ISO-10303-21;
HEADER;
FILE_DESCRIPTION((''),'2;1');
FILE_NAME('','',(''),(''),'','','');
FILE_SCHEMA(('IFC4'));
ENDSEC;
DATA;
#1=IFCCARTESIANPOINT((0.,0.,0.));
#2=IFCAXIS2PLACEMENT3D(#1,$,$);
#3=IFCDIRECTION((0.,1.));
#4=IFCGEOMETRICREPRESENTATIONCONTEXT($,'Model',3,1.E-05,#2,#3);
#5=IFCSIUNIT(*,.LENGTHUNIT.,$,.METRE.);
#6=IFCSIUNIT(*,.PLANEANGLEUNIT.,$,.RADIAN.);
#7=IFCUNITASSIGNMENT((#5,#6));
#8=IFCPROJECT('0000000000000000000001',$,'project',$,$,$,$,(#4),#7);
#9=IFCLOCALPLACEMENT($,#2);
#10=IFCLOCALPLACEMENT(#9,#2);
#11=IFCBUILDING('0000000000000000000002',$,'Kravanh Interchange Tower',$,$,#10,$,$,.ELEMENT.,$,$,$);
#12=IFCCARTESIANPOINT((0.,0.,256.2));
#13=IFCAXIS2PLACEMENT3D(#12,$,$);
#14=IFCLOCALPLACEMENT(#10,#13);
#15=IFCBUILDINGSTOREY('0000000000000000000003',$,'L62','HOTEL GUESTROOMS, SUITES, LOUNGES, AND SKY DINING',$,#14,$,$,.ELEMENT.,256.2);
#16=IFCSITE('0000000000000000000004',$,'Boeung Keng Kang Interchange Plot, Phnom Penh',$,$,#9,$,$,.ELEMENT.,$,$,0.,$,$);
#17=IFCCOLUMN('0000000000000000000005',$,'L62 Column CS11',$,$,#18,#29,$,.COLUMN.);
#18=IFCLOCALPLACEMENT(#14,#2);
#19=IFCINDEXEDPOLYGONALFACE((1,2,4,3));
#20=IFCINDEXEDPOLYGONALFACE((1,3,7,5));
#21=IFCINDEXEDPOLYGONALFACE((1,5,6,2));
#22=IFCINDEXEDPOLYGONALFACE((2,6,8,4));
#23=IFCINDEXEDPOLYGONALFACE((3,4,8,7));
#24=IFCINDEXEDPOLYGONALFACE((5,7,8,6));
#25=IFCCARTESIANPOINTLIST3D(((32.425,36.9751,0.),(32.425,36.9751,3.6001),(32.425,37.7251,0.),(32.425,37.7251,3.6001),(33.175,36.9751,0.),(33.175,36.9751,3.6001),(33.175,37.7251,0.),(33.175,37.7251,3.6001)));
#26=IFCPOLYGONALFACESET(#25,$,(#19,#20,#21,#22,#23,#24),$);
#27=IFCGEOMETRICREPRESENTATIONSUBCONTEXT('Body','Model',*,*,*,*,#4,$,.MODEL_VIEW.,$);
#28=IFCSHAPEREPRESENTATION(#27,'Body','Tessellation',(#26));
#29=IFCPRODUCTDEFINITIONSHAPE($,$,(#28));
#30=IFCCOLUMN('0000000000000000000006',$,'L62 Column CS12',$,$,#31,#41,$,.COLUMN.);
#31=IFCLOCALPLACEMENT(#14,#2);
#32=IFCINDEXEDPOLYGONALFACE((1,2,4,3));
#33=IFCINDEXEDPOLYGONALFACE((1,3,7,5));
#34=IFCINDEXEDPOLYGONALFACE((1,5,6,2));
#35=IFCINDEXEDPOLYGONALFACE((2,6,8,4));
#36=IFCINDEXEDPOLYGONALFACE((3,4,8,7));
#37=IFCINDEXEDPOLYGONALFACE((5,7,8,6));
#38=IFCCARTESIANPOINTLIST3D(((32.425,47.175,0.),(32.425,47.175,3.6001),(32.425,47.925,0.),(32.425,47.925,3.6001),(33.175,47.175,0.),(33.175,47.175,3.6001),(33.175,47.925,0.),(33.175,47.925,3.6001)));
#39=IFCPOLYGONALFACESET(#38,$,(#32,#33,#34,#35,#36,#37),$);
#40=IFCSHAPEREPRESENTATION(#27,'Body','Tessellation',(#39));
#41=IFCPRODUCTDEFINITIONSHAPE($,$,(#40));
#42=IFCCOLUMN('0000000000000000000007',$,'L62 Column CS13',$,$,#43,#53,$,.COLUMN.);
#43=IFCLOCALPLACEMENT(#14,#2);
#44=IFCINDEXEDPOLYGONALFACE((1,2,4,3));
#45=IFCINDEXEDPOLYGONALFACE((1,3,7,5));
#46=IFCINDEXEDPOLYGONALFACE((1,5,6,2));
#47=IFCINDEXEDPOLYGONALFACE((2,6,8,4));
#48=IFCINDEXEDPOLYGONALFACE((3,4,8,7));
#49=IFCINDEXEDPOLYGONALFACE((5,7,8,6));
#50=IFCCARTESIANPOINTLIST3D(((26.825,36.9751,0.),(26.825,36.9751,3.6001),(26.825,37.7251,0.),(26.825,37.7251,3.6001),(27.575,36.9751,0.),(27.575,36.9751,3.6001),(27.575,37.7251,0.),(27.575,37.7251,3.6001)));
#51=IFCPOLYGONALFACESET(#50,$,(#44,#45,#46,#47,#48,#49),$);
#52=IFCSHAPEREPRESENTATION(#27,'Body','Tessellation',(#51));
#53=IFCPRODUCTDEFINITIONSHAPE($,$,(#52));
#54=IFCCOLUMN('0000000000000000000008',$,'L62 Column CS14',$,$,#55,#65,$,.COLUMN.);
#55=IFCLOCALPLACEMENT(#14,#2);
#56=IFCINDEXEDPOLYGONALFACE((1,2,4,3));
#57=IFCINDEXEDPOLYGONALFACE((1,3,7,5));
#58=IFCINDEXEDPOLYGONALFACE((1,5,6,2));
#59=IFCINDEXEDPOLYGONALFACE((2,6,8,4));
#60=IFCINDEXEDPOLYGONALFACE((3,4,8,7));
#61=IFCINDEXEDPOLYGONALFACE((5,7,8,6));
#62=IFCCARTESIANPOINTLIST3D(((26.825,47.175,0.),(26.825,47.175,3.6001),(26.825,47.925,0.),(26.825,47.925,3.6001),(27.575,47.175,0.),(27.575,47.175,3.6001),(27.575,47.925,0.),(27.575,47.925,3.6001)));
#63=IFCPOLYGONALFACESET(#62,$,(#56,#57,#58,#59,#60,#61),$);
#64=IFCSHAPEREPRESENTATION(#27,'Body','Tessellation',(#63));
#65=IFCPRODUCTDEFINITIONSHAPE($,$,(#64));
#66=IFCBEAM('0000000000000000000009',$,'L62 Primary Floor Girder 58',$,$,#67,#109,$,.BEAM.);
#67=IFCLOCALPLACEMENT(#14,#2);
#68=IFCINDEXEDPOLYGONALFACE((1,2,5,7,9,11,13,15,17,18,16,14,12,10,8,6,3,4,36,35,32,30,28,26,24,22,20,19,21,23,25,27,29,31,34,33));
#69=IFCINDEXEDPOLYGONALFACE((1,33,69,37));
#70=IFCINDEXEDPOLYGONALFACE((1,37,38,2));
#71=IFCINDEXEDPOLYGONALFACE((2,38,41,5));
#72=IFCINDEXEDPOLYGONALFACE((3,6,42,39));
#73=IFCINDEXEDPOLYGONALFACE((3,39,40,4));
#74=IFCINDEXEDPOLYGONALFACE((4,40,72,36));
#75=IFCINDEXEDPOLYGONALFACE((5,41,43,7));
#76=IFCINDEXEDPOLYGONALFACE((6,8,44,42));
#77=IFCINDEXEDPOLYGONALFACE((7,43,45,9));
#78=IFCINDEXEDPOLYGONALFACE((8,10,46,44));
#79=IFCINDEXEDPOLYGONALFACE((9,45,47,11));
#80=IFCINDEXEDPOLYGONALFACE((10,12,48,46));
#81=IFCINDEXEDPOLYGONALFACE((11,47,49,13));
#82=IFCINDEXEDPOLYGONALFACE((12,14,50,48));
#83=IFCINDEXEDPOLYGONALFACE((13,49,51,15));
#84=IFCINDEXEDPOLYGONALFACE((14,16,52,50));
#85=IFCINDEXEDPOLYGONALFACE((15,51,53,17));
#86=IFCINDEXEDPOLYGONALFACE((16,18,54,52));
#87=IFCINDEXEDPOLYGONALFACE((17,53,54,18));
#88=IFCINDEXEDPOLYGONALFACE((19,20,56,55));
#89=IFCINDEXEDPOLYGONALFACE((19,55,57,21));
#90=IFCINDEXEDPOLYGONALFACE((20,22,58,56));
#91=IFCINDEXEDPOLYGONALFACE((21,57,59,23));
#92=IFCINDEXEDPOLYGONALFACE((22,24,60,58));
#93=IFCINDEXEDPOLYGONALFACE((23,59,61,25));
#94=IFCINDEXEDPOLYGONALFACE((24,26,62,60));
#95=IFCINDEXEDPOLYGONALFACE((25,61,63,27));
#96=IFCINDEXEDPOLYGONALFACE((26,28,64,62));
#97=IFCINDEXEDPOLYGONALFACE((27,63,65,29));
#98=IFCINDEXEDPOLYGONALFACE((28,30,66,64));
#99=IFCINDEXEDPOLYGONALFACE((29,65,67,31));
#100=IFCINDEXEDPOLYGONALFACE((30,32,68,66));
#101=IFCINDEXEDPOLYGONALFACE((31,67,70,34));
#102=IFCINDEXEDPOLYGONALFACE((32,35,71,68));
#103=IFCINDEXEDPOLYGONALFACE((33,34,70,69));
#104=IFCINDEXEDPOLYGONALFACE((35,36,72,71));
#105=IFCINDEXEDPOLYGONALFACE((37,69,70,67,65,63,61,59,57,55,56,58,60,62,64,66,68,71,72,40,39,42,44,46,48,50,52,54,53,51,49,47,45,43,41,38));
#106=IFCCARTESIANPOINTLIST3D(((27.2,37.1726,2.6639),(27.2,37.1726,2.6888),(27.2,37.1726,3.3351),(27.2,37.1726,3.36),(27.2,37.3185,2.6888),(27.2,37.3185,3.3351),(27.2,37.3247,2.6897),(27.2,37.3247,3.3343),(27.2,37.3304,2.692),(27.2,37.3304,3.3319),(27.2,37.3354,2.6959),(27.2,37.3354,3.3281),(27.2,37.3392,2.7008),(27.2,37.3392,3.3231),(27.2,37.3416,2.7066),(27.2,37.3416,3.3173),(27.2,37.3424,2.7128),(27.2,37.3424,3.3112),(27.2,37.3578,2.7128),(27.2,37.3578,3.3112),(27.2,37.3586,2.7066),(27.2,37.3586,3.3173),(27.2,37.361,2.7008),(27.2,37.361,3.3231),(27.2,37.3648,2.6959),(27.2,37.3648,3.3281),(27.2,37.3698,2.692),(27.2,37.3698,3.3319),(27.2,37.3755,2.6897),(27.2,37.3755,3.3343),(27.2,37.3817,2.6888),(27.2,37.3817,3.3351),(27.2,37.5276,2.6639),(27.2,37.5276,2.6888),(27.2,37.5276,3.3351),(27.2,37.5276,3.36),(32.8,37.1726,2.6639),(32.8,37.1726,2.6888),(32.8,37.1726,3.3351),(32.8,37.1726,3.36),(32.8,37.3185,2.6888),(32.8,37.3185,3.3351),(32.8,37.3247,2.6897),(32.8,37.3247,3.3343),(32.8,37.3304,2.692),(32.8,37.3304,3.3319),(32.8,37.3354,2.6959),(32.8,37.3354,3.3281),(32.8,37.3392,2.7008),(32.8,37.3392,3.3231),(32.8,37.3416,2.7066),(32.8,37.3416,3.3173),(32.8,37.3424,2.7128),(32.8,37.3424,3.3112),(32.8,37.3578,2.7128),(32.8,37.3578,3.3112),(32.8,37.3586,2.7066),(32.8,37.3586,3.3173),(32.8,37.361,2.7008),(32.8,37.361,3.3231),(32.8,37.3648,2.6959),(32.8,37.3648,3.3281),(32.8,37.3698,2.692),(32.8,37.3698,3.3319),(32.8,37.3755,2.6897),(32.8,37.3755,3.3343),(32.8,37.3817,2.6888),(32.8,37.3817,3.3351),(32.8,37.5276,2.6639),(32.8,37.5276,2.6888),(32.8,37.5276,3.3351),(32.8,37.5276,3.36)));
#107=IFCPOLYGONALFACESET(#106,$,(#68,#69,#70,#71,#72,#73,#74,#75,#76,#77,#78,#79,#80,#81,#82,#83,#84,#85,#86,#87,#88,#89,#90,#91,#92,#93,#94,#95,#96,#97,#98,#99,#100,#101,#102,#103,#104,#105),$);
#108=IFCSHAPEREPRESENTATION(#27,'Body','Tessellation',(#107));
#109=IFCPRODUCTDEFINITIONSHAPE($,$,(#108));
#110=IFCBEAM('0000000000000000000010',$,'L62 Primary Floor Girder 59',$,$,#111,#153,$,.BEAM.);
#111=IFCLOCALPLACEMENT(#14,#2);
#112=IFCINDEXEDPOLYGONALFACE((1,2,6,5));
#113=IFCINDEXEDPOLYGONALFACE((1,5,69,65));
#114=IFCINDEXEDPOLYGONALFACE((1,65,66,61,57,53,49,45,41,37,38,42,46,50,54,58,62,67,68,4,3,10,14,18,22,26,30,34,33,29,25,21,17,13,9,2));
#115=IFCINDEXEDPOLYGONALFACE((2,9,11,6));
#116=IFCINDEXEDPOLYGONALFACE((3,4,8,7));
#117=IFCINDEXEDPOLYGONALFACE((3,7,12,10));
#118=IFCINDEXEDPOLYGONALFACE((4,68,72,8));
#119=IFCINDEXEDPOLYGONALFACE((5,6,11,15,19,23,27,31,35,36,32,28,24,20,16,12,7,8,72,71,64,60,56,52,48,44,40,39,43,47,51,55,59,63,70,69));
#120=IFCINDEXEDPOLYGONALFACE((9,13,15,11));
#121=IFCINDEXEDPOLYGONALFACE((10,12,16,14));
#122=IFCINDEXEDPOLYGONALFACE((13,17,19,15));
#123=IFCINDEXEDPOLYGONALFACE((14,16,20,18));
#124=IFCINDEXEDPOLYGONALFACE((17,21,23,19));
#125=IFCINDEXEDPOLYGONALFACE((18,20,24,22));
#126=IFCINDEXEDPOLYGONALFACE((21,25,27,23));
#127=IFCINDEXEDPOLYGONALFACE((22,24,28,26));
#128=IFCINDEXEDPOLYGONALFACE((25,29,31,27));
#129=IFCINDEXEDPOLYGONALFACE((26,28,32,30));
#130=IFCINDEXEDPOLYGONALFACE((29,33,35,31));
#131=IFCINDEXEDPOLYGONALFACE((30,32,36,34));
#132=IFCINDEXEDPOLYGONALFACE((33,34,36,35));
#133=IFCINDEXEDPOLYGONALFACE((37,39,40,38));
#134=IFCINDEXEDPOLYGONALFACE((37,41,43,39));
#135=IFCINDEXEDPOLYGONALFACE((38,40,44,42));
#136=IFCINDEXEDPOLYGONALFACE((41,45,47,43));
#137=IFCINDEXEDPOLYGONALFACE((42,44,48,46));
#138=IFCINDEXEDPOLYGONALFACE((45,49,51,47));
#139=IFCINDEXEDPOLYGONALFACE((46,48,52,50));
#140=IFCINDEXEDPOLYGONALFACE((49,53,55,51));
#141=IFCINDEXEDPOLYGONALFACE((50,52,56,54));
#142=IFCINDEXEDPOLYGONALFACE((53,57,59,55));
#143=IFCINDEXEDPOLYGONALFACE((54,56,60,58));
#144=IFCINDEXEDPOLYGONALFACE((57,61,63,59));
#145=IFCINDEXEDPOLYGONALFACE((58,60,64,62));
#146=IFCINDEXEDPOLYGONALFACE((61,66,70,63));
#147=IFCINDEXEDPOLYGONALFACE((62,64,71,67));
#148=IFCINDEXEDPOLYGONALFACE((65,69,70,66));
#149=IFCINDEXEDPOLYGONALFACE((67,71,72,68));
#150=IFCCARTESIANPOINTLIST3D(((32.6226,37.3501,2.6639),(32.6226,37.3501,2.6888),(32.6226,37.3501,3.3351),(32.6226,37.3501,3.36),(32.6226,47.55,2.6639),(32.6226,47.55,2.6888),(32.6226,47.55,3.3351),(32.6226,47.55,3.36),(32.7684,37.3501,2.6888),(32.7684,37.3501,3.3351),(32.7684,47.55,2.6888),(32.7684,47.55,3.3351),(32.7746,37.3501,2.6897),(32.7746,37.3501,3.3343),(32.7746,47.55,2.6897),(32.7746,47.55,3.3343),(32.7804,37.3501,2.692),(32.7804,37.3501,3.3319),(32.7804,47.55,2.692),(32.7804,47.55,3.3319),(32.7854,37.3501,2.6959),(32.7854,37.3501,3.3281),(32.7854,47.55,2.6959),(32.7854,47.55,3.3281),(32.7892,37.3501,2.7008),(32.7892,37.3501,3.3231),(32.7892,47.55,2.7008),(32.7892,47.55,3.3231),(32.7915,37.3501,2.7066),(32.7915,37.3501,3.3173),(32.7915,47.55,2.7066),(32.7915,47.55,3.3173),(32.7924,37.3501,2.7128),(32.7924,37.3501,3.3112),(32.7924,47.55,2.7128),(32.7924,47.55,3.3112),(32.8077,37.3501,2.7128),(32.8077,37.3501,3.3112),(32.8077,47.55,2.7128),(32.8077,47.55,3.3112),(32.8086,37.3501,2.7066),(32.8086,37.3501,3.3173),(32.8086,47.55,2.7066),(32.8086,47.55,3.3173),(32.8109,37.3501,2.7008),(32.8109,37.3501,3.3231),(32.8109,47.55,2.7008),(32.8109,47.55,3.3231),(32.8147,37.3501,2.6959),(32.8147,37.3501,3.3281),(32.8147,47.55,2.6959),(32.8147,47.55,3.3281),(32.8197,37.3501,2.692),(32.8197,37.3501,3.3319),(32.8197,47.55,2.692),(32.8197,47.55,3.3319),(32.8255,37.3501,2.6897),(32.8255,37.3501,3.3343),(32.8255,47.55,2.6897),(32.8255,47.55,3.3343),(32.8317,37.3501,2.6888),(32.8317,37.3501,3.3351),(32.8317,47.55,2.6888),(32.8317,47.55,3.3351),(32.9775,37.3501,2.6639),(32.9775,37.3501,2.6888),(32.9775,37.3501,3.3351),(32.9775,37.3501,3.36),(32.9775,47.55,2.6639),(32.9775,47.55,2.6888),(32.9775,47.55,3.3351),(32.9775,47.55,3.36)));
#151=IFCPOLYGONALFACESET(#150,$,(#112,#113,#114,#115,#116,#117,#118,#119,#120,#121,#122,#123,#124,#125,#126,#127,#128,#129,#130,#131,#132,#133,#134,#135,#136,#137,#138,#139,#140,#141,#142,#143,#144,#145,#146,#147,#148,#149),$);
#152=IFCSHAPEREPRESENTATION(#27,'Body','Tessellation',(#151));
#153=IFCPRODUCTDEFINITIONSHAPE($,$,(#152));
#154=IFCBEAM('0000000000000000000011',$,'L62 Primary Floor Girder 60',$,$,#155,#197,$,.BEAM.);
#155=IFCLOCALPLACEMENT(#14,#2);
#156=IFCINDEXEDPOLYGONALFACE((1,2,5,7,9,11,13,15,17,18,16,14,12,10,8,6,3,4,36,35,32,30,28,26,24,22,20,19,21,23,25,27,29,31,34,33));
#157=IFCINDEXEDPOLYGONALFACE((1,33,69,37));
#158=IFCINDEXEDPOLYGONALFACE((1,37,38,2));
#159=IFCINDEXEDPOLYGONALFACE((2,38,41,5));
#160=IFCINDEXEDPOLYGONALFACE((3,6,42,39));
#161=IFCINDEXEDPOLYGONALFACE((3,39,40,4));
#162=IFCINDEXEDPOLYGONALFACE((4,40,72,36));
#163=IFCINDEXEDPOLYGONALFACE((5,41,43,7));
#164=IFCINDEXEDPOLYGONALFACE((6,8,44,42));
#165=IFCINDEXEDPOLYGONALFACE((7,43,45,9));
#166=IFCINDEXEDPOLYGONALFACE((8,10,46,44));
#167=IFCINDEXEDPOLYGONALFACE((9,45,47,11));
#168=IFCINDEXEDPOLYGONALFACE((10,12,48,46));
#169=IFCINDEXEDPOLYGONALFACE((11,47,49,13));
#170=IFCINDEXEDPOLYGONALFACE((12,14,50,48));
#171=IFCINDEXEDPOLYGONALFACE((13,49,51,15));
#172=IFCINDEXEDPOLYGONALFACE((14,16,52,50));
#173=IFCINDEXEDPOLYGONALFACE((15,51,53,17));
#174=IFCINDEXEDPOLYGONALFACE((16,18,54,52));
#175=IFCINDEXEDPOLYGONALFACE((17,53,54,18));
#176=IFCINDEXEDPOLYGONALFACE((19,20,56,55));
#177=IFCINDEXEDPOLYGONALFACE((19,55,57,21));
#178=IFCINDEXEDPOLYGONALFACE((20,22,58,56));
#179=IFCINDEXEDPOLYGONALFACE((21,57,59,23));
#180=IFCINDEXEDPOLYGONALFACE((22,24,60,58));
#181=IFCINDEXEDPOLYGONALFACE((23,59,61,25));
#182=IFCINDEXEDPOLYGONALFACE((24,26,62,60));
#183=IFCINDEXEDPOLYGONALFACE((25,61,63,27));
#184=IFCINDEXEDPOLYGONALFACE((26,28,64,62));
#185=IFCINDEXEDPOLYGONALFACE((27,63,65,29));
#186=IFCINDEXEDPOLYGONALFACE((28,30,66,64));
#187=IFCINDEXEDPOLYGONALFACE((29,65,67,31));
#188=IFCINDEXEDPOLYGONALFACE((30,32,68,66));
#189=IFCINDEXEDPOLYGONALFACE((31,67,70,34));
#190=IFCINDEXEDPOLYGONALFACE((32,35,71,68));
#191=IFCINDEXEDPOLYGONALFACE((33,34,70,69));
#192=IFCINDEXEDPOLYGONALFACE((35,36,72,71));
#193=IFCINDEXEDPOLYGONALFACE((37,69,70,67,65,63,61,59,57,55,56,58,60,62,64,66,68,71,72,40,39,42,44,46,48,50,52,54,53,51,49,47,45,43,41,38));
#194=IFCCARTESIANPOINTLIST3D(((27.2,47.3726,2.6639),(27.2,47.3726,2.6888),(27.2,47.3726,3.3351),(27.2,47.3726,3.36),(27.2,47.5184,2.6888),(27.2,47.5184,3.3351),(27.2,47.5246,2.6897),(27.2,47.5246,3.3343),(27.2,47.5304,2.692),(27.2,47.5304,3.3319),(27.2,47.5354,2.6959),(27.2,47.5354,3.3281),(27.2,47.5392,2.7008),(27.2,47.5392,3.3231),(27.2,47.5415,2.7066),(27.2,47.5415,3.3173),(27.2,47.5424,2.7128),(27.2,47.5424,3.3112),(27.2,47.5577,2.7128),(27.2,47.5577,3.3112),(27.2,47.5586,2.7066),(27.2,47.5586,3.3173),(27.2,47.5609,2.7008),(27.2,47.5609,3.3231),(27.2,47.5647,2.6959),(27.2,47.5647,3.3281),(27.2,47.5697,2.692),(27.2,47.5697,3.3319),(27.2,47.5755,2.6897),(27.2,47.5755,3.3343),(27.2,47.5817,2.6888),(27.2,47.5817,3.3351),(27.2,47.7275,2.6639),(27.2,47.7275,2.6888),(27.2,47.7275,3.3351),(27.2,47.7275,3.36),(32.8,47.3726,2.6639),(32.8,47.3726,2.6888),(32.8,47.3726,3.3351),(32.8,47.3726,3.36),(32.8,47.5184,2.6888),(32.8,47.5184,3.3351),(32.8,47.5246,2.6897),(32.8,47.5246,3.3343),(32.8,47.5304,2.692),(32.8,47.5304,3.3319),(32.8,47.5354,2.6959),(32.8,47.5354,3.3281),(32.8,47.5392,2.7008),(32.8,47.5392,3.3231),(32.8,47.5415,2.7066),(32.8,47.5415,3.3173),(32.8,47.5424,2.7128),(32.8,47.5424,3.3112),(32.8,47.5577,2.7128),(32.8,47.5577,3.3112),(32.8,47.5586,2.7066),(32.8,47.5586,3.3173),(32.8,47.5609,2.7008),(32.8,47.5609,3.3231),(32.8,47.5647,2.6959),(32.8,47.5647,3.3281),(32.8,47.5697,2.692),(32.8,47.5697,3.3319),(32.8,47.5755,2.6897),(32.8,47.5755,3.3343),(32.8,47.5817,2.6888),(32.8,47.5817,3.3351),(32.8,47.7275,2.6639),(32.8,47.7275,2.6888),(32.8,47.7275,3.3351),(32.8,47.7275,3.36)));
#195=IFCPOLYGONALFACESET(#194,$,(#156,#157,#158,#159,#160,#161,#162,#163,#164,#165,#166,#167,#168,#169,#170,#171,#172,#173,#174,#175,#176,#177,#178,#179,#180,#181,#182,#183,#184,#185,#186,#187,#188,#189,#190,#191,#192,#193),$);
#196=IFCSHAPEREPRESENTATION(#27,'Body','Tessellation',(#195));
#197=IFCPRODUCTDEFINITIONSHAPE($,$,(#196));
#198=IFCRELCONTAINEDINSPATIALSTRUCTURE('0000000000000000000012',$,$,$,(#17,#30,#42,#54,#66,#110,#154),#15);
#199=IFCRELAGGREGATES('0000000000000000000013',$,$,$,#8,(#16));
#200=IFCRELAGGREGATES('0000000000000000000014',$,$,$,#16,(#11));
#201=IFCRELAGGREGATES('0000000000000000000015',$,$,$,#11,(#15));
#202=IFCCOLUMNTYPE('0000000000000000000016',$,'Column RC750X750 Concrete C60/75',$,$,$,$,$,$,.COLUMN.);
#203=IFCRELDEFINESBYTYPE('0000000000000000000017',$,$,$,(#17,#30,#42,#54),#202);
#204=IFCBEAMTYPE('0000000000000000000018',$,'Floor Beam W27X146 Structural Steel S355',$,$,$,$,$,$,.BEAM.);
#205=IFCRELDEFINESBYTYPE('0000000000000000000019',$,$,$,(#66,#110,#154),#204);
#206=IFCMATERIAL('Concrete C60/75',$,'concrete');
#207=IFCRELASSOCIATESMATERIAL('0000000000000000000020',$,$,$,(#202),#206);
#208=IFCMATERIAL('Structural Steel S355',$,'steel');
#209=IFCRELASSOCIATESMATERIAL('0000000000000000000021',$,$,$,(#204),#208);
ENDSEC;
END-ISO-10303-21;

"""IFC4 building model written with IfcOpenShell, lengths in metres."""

from ifc_helpers import new_model, si_unit, direction, frame, origin, origin_2d, place, context, subcontext, project, spatial, rectangle, i_section, extrude, material, material_profile, profile_set, type_object, element, save


model = new_model("IFC4")

# Units and contexts
model_context = context("Model", 3, precision=1e-05, world=origin(), true_north=direction((0.0, 1.0)))
body_context = subcontext(model_context, "Body", "Model", "MODEL_VIEW")
ifc_project = project(units=[si_unit("LENGTHUNIT", "METRE"), si_unit("PLANEANGLEUNIT", "RADIAN")], contexts=[model_context])

# Site, building, storey
site_placement = place(None, origin())
site = spatial("IfcSite", under=ifc_project, at=site_placement, Name="Boeung Keng Kang Interchange Plot, Phnom Penh", CompositionType="ELEMENT", RefElevation=0.0)
building_placement = place(site_placement, origin())
building = spatial("IfcBuilding", under=site, at=building_placement, Name="Kravanh Interchange Tower", CompositionType="ELEMENT")
storey_placement = place(building_placement, frame((0.0, 0.0, 256.2)))
storey = spatial("IfcBuildingStorey", under=building, at=storey_placement, Name="L62", Description="HOTEL GUESTROOMS, SUITES, LOUNGES, AND SKY DINING", CompositionType="ELEMENT", Elevation=256.2)

# Columns
ifc_material_1 = material(Name="Concrete C60/75", Category="concrete")
ifc_material_profile_1 = material_profile(ifc_material_1, rectangle(XDim=0.75, YDim=0.75, at=origin_2d()), Name="RC750X750")
ifc_profile_set_1 = profile_set([ifc_material_profile_1], Name="Concrete C60/75")
column_type = type_object("IfcColumnType", Name="Column RC750X750 Concrete C60/75", PredefinedType="COLUMN", material=ifc_profile_set_1)
for number, where, z_axis, x_axis, name in (
    (1, (32.8, 37.3501, 0.0), (0.0, 0.0, 1.0), (1.0, 0.0, 0.0), "L62 Column CS11"),
    (2, (32.8, 47.55, 0.0), (0.0, 0.0, 1.0), (1.0, 0.0, 0.0), "L62 Column CS12"),
    (3, (27.2, 37.3501, 0.0), (0.0, 0.0, 1.0), (1.0, 0.0, 0.0), "L62 Column CS13"),
    (4, (27.2, 47.55, 0.0), (0.0, 0.0, 1.0), (1.0, 0.0, 0.0), "L62 Column CS14"),
):
    element("IfcColumn", number, at=place(storey_placement, frame(where, z_axis=z_axis, x_axis=x_axis)), inside=storey, type_object=column_type, Name=name, PredefinedType="COLUMN", context=body_context, shape_type="SweptSolid", body=[
        extrude(rectangle(XDim=0.75, YDim=0.75, at=origin_2d()), origin(), (0.0, 0.0, 1.0), 3.6001),
    ])

# Beams
ifc_material_2 = material(Name="Structural Steel S355", Category="steel")
ifc_material_profile_2 = material_profile(ifc_material_2, i_section(OverallWidth=0.355, OverallDepth=0.696, WebThickness=0.0154, FlangeThickness=0.0249, FilletRadius=0.0239, at=origin_2d()), Name="W27X146")
ifc_profile_set_2 = profile_set([ifc_material_profile_2], Name="Structural Steel S355")
beam_type = type_object("IfcBeamType", Name="Floor Beam W27X146 Structural Steel S355", PredefinedType="BEAM", material=ifc_profile_set_2)
beam_1_placement = place(storey_placement, frame((32.8, 37.3501, 3.012), z_axis=(-1.0, 0.0, 0.0), x_axis=(0.0, -1.0, 0.0)))
element("IfcBeam", 5, at=beam_1_placement, inside=storey, type_object=beam_type, Name="L62 Primary Floor Girder 58", PredefinedType="BEAM", context=body_context, shape_type="SweptSolid", body=[
    extrude(i_section(OverallWidth=0.355, OverallDepth=0.696, WebThickness=0.0154, FlangeThickness=0.0249, FilletRadius=0.0239, at=origin_2d()), origin(), (0.0, 0.0, 1.0), 5.6001),
])
beam_2_placement = place(storey_placement, frame((32.8, 37.3501, 3.012), z_axis=(0.0, 1.0, 0.0), x_axis=(-1.0, 0.0, 0.0)))
element("IfcBeam", 6, at=beam_2_placement, inside=storey, type_object=beam_type, Name="L62 Primary Floor Girder 59", PredefinedType="BEAM", context=body_context, shape_type="SweptSolid", body=[
    extrude(i_section(OverallWidth=0.355, OverallDepth=0.696, WebThickness=0.0154, FlangeThickness=0.0249, FilletRadius=0.0239, at=origin_2d()), origin(), (0.0, 0.0, 1.0), 10.2),
])
beam_3_placement = place(storey_placement, frame((32.8, 47.55, 3.012), z_axis=(-1.0, 0.0, 0.0), x_axis=(0.0, -1.0, 0.0)))
element("IfcBeam", 7, at=beam_3_placement, inside=storey, type_object=beam_type, Name="L62 Primary Floor Girder 60", PredefinedType="BEAM", context=body_context, shape_type="SweptSolid", body=[
    extrude(i_section(OverallWidth=0.355, OverallDepth=0.696, WebThickness=0.0154, FlangeThickness=0.0249, FilletRadius=0.0239, at=origin_2d()), origin(), (0.0, 0.0, 1.0), 5.6001),
])

save(model, "model.ifc")
